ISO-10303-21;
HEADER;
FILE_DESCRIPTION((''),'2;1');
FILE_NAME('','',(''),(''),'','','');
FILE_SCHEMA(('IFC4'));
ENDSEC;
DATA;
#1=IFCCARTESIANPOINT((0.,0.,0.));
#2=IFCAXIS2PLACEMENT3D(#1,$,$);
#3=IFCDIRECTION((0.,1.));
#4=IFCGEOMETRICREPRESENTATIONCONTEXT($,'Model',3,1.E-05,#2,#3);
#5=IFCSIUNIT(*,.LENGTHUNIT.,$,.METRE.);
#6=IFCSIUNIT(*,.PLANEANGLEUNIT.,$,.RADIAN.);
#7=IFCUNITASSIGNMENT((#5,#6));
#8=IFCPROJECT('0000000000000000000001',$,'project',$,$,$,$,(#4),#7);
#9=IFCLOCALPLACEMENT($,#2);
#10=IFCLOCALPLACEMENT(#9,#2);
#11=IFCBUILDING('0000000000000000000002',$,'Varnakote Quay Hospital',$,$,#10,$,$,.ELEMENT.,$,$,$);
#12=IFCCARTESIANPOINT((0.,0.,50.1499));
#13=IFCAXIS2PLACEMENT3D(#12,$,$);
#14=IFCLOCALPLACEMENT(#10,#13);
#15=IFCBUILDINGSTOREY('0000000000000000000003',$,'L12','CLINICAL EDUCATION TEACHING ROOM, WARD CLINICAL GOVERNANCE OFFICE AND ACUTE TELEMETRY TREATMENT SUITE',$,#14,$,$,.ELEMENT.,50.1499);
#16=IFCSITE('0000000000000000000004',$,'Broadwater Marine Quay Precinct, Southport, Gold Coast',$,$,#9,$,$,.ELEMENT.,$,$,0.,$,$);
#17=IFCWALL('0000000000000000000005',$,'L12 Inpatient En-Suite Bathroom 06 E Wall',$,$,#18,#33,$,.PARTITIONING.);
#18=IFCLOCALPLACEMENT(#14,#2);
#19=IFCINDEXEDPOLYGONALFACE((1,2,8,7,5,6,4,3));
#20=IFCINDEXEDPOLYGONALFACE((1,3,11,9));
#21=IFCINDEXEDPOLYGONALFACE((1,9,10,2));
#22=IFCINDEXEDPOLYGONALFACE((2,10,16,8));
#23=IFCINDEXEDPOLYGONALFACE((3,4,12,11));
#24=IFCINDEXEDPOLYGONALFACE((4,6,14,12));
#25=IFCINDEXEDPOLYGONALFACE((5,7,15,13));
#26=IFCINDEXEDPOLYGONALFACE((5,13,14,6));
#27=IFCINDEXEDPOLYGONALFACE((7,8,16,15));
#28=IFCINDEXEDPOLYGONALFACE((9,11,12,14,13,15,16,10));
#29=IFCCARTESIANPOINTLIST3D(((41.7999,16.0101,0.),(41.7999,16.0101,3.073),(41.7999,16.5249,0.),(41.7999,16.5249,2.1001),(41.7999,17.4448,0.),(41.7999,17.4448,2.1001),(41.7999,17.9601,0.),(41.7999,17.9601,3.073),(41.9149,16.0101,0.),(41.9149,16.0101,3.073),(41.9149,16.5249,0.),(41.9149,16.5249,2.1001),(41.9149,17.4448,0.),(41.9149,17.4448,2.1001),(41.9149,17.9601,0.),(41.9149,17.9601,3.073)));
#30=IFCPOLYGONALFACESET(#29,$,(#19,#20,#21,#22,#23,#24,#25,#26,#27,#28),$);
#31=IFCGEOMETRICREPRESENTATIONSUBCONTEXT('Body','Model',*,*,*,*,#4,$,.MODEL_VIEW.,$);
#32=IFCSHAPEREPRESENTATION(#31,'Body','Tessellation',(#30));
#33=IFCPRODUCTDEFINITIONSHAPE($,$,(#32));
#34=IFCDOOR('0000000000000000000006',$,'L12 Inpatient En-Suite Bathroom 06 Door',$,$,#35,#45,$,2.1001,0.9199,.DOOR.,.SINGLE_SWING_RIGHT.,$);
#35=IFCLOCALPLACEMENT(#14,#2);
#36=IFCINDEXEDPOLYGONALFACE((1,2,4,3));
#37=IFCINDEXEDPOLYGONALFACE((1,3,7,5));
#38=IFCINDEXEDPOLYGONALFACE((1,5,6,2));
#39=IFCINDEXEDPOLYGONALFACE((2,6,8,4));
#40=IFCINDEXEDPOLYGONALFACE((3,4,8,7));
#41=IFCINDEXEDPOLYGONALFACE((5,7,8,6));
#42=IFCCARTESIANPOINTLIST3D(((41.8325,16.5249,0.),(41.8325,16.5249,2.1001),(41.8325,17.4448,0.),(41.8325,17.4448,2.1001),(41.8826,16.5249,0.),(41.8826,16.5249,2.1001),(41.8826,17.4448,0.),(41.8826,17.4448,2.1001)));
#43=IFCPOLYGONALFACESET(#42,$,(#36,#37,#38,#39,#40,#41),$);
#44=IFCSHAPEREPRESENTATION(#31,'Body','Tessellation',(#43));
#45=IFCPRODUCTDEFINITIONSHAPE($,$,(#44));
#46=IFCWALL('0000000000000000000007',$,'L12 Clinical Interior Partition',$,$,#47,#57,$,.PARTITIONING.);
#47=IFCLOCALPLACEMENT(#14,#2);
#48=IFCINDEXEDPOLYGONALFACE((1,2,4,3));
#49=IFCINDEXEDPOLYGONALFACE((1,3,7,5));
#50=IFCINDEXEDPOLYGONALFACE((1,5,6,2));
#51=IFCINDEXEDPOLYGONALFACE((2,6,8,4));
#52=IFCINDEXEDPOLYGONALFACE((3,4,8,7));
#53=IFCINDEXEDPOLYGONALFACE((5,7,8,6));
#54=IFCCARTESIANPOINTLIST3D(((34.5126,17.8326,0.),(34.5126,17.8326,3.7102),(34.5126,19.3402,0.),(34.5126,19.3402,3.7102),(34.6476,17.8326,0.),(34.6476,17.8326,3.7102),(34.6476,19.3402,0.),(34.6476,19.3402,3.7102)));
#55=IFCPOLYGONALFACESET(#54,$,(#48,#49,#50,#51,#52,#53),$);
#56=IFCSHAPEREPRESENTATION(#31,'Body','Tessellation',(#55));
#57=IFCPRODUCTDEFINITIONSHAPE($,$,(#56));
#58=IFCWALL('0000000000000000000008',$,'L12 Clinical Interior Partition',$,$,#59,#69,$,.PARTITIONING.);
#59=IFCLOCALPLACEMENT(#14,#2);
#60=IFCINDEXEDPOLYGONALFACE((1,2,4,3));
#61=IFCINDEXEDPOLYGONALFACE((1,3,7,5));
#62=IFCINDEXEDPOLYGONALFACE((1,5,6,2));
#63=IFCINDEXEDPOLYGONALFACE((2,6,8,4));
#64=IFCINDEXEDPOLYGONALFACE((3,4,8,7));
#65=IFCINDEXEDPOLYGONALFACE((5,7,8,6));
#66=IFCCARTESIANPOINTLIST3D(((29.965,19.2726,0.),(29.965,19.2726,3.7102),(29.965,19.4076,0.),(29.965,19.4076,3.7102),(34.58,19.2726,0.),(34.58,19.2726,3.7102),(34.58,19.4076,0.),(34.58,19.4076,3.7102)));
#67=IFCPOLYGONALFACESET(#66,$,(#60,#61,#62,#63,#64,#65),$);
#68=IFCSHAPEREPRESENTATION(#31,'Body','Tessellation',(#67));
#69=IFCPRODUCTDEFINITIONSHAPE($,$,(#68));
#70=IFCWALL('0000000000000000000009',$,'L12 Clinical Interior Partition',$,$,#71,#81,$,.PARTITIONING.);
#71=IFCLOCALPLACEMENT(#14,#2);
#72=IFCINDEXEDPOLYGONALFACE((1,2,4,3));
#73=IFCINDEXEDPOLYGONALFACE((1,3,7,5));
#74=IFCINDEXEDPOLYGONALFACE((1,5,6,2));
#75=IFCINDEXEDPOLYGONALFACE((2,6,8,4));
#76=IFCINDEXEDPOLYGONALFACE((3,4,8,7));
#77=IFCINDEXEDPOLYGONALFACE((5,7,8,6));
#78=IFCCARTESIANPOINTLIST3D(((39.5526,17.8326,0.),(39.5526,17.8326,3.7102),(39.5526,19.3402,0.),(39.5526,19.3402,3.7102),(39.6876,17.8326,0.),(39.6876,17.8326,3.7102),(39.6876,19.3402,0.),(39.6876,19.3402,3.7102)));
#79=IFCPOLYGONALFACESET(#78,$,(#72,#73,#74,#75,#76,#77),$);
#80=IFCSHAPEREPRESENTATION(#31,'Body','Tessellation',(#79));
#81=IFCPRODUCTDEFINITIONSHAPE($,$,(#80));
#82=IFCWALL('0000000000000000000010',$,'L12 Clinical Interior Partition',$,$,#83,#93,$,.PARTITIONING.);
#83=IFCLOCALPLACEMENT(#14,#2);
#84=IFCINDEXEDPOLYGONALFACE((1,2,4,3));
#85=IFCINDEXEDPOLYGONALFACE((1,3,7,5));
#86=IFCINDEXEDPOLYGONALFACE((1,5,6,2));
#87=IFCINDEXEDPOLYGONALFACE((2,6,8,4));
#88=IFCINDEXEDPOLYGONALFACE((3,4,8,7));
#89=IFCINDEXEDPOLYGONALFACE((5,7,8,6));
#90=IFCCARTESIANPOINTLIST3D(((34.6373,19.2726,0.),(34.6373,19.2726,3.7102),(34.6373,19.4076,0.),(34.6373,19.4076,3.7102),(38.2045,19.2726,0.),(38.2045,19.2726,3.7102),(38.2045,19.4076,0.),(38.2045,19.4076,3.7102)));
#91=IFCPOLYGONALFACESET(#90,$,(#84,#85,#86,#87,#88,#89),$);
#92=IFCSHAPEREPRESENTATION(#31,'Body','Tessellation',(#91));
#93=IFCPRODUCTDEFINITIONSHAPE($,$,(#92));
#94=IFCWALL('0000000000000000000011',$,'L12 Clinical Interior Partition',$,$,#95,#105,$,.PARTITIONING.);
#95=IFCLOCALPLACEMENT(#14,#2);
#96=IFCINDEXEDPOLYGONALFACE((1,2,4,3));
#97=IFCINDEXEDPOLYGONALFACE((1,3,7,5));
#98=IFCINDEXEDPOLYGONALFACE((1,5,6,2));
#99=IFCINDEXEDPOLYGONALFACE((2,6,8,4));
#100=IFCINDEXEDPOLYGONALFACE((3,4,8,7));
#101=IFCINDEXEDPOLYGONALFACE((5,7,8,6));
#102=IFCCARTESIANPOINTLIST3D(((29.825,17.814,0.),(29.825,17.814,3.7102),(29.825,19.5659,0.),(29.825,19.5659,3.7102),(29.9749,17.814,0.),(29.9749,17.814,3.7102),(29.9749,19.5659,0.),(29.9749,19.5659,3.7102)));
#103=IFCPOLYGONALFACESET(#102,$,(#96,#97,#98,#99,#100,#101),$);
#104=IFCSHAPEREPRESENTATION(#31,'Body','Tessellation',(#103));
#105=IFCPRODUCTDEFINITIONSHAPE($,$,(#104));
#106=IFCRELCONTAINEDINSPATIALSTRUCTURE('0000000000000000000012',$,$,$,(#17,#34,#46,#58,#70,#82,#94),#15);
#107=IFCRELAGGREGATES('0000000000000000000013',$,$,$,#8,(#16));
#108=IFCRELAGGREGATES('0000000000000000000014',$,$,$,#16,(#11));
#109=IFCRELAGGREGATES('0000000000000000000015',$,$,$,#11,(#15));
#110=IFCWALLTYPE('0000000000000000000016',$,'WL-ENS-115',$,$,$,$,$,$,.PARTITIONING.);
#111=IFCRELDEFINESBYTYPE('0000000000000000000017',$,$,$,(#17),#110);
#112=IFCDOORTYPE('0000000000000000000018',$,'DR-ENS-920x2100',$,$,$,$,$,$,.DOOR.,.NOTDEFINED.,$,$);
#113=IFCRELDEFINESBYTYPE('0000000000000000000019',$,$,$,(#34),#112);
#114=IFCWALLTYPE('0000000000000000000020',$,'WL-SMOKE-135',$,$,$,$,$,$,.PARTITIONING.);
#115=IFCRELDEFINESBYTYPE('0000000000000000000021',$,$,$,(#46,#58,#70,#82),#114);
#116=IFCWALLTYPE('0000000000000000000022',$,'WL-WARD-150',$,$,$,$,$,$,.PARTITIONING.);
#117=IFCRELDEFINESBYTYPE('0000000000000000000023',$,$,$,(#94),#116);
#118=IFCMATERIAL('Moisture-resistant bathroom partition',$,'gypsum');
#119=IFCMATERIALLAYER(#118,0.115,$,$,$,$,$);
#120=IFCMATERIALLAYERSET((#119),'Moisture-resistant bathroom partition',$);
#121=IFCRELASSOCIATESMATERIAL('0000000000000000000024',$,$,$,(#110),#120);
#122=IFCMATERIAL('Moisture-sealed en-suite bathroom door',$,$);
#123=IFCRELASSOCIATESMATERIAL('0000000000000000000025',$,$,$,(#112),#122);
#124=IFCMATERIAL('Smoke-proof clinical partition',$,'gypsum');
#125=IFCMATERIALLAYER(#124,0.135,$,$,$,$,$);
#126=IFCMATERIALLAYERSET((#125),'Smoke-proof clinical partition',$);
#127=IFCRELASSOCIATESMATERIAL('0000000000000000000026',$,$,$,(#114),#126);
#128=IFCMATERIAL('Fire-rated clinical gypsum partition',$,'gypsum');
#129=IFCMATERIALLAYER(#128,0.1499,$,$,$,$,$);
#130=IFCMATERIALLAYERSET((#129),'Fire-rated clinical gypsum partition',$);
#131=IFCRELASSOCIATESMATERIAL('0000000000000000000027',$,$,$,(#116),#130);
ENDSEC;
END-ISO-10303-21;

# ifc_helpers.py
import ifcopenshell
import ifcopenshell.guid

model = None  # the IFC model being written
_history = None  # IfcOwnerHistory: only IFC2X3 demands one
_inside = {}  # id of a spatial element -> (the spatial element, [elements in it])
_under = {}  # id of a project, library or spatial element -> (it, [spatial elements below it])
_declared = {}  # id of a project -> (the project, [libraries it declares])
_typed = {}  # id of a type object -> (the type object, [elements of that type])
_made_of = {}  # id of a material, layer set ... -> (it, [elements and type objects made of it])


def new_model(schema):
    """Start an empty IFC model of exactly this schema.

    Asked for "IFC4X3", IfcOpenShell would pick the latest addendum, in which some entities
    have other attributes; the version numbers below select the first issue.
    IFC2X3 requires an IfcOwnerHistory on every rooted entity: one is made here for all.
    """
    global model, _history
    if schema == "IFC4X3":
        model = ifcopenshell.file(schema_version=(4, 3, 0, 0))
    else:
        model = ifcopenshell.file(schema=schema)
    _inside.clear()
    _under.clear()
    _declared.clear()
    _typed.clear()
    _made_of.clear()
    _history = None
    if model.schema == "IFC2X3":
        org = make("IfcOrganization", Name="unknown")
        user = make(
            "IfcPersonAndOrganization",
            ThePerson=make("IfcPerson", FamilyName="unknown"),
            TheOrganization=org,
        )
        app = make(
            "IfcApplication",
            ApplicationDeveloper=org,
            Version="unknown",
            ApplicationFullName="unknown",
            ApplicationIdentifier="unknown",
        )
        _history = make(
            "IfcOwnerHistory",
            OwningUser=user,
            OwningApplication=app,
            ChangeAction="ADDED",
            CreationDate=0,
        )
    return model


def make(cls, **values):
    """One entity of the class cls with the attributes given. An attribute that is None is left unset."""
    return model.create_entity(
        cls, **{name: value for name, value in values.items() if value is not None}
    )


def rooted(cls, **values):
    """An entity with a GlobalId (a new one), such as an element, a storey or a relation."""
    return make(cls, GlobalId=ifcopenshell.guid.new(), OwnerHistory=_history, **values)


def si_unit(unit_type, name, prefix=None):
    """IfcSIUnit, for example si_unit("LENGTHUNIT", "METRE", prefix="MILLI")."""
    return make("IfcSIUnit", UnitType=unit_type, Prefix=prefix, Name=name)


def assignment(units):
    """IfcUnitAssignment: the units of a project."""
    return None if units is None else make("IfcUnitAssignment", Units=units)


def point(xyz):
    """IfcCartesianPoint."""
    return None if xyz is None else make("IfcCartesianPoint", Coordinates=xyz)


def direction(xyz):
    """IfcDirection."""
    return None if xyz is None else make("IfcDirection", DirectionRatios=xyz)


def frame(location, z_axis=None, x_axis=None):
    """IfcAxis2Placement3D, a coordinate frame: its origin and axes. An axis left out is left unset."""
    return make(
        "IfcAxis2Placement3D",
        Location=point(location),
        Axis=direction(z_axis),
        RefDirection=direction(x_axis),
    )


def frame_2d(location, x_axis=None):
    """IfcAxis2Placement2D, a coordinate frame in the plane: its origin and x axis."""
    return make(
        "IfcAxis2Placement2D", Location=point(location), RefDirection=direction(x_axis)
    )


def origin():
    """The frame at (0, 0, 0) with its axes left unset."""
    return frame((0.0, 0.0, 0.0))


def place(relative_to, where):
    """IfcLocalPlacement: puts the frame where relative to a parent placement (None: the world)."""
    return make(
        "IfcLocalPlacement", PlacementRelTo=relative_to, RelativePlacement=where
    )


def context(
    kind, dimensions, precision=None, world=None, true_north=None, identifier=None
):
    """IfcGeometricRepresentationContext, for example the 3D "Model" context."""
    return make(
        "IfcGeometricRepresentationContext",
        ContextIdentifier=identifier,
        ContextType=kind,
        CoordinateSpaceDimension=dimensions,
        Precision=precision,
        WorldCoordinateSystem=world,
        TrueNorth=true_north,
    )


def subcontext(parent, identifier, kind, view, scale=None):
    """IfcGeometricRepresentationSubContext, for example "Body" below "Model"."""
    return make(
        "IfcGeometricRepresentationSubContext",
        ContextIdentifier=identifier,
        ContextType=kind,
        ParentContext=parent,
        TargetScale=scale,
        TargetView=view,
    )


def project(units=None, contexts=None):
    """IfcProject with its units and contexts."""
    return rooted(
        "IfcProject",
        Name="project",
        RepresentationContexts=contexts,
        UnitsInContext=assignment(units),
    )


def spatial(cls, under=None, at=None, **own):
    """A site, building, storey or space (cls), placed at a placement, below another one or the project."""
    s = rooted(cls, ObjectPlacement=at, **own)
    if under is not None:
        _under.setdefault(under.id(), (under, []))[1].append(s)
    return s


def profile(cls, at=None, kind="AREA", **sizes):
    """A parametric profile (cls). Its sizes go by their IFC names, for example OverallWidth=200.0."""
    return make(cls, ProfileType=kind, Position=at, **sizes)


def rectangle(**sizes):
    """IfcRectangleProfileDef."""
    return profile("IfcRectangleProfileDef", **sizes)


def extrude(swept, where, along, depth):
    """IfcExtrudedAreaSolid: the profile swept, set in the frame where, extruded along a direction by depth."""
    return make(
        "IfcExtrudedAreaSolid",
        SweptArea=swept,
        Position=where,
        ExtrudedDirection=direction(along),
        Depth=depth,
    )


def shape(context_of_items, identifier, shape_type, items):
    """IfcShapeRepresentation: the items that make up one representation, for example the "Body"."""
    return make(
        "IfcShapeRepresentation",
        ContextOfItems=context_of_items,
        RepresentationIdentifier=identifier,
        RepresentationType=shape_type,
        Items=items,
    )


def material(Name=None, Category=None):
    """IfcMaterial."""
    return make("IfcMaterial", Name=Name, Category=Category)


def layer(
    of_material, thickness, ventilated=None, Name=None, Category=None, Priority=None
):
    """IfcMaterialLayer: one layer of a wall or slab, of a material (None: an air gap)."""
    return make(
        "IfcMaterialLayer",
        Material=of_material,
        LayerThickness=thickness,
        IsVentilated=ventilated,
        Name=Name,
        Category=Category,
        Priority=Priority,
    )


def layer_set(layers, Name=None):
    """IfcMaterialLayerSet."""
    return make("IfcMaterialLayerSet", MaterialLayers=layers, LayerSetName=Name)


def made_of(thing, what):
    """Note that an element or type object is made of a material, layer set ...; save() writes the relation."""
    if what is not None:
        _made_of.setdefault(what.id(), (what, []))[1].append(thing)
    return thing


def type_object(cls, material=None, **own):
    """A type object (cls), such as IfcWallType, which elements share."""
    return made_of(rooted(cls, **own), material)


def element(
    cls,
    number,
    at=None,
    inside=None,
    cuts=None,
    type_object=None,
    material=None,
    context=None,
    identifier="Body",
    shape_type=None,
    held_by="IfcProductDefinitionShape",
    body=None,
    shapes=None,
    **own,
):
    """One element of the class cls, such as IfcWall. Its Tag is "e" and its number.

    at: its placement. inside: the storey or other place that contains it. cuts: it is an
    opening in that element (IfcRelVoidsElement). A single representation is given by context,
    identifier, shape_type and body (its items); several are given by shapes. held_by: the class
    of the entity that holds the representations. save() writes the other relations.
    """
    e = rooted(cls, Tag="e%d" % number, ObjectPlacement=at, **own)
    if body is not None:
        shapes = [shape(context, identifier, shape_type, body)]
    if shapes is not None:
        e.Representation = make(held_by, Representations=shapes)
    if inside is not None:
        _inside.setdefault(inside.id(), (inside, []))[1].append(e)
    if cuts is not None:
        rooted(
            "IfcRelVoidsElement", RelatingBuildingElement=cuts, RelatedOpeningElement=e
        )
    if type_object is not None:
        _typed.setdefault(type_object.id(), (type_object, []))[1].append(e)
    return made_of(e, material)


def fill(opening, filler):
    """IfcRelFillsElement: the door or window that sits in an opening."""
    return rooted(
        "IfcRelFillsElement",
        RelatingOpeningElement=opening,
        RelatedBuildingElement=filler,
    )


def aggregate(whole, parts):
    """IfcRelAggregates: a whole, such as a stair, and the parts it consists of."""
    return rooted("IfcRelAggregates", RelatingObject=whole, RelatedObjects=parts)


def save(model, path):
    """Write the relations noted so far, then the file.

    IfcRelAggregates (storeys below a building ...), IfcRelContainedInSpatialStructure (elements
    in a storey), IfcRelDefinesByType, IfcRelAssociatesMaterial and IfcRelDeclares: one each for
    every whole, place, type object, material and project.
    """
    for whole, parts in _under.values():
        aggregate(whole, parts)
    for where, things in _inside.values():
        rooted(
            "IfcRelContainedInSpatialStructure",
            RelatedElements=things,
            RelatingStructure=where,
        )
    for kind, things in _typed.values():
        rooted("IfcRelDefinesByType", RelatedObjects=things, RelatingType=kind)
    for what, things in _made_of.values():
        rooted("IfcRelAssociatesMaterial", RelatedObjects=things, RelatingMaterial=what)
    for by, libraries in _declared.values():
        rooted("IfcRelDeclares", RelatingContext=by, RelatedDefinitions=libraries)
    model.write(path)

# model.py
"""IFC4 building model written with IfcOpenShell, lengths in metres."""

from ifc_helpers import new_model, si_unit, direction, frame, frame_2d, origin, place, context, subcontext, project, spatial, rectangle, extrude, material, layer, layer_set, type_object, element, fill, save


model = new_model("IFC4")

# Units and contexts
model_context = context("Model", 3, precision=1e-05, world=origin(), true_north=direction((0.0, 1.0)))
body_context = subcontext(model_context, "Body", "Model", "MODEL_VIEW")
ifc_project = project(units=[si_unit("LENGTHUNIT", "METRE"), si_unit("PLANEANGLEUNIT", "RADIAN")], contexts=[model_context])

# Site, building, storey
site_placement = place(None, origin())
site = spatial("IfcSite", under=ifc_project, at=site_placement, Name="Broadwater Marine Quay Precinct, Southport, Gold Coast", CompositionType="ELEMENT", RefElevation=0.0)
building_placement = place(site_placement, origin())
building = spatial("IfcBuilding", under=site, at=building_placement, Name="Varnakote Quay Hospital", CompositionType="ELEMENT")
storey_placement = place(building_placement, frame((0.0, 0.0, 50.1499)))
storey = spatial("IfcBuildingStorey", under=building, at=storey_placement, Name="L12", Description="CLINICAL EDUCATION TEACHING ROOM, WARD CLINICAL GOVERNANCE OFFICE AND ACUTE TELEMETRY TREATMENT SUITE", CompositionType="ELEMENT", Elevation=50.1499)

# Shared definitions
ifc_material_1 = material(Name="Moisture-resistant bathroom partition", Category="gypsum")
ifc_layer_1 = layer(ifc_material_1, 0.115)
ifc_layer_set_1 = layer_set([ifc_layer_1], Name="Moisture-resistant bathroom partition")
wall_type_1 = type_object("IfcWallType", Name="WL-ENS-115", PredefinedType="PARTITIONING", material=ifc_layer_set_1)

# Shared definitions
ifc_material_2 = material(Name="Moisture-sealed en-suite bathroom door")
door_type_1 = type_object("IfcDoorType", Name="DR-ENS-920x2100", OperationType="NOTDEFINED", PredefinedType="DOOR", material=ifc_material_2)

# Wall, opening, door
wall_1_placement = place(storey_placement, frame((41.8574, 16.01, 0.0), z_axis=(0.0, 0.0, 1.0), x_axis=(0.0, 1.0, 0.0)))
wall_1 = element("IfcWall", 1, at=wall_1_placement, inside=storey, type_object=wall_type_1, Name="L12 Inpatient En-Suite Bathroom 06 E Wall", PredefinedType="PARTITIONING", context=body_context, shape_type="SweptSolid", body=[
    extrude(rectangle(XDim=1.95, YDim=0.115, at=frame_2d((0.9751, 0.0))), origin(), (0.0, 0.0, 1.0), 3.073),
])
opening_1_placement = place(wall_1_placement, frame((0.5149, 0.0, 0.0)))
opening_1 = element("IfcOpeningElement", 2, at=opening_1_placement, cuts=wall_1, PredefinedType="OPENING", context=body_context, shape_type="SweptSolid", body=[
    extrude(rectangle(XDim=0.9199, YDim=2.1001, at=frame_2d((0.46, 1.05))), frame((0.0, 0.0674, 0.0), z_axis=(0.0, -1.0, 0.0), x_axis=(1.0, 0.0, 0.0)), (0.0, 0.0, 1.0), 0.135),
])
door_1_placement = place(opening_1_placement, origin())
door_1 = element("IfcDoor", 3, at=door_1_placement, inside=storey, type_object=door_type_1, Name="L12 Inpatient En-Suite Bathroom 06 Door", OperationType="SINGLE_SWING_RIGHT", OverallHeight=2.1001, OverallWidth=0.9199, PredefinedType="DOOR", context=body_context, shape_type="SweptSolid", body=[
    extrude(rectangle(XDim=0.9199, YDim=2.1001, at=frame_2d((0.46, 1.05))), frame((0.0, 0.0249, 0.0), z_axis=(0.0, -1.0, 0.0), x_axis=(1.0, 0.0, 0.0)), (0.0, 0.0, 1.0), 0.05),
])
fill(opening_1, door_1)

# Walls
ifc_material_3 = material(Name="Smoke-proof clinical partition", Category="gypsum")
ifc_layer_2 = layer(ifc_material_3, 0.135)
ifc_layer_set_2 = layer_set([ifc_layer_2], Name="Smoke-proof clinical partition")
wall_type_2 = type_object("IfcWallType", Name="WL-SMOKE-135", PredefinedType="PARTITIONING", material=ifc_layer_set_2)
wall_2_placement = place(storey_placement, frame((34.5801, 17.8325, 0.0), z_axis=(0.0, 0.0, 1.0), x_axis=(0.0, 1.0, 0.0)))
element("IfcWall", 4, at=wall_2_placement, inside=storey, type_object=wall_type_2, Name="L12 Clinical Interior Partition", PredefinedType="PARTITIONING", context=body_context, shape_type="SweptSolid", body=[
    extrude(rectangle(XDim=1.5076, YDim=0.135, at=frame_2d((0.7539, 0.0))), origin(), (0.0, 0.0, 1.0), 3.7102),
])
wall_3_placement = place(storey_placement, frame((34.5801, 19.3401, 0.0), z_axis=(0.0, 0.0, 1.0), x_axis=(-1.0, 0.0, 0.0)))
element("IfcWall", 5, at=wall_3_placement, inside=storey, type_object=wall_type_2, Name="L12 Clinical Interior Partition", PredefinedType="PARTITIONING", context=body_context, shape_type="SweptSolid", body=[
    extrude(rectangle(XDim=4.615, YDim=0.135, at=frame_2d((2.3076, 0.0))), origin(), (0.0, 0.0, 1.0), 3.7102),
])
wall_4_placement = place(storey_placement, frame((39.6201, 17.8325, 0.0), z_axis=(0.0, 0.0, 1.0), x_axis=(0.0, 1.0, 0.0)))
element("IfcWall", 6, at=wall_4_placement, inside=storey, type_object=wall_type_2, Name="L12 Clinical Interior Partition", PredefinedType="PARTITIONING", context=body_context, shape_type="SweptSolid", body=[
    extrude(rectangle(XDim=1.5076, YDim=0.135, at=frame_2d((0.7539, 0.0))), origin(), (0.0, 0.0, 1.0), 3.7102),
])
wall_5_placement = place(storey_placement, frame((38.2046, 19.3401, 0.0), z_axis=(0.0, 0.0, 1.0), x_axis=(-1.0, 0.0, 0.0)))
element("IfcWall", 7, at=wall_5_placement, inside=storey, type_object=wall_type_2, Name="L12 Clinical Interior Partition", PredefinedType="PARTITIONING", context=body_context, shape_type="SweptSolid", body=[
    extrude(rectangle(XDim=3.5671, YDim=0.135, at=frame_2d((1.7837, 0.0))), origin(), (0.0, 0.0, 1.0), 3.7102),
])

# Shared definitions
ifc_material_4 = material(Name="Fire-rated clinical gypsum partition", Category="gypsum")
ifc_layer_3 = layer(ifc_material_4, 0.1499)
ifc_layer_set_3 = layer_set([ifc_layer_3], Name="Fire-rated clinical gypsum partition")
wall_type_3 = type_object("IfcWallType", Name="WL-WARD-150", PredefinedType="PARTITIONING", material=ifc_layer_set_3)

# Wall
wall_6_placement = place(storey_placement, frame((29.8999, 17.814, 0.0), z_axis=(0.0, 0.0, 1.0), x_axis=(0.0, 1.0, 0.0)))
element("IfcWall", 8, at=wall_6_placement, inside=storey, type_object=wall_type_3, Name="L12 Clinical Interior Partition", PredefinedType="PARTITIONING", context=body_context, shape_type="SweptSolid", body=[
    extrude(rectangle(XDim=1.752, YDim=0.1499, at=frame_2d((0.876, 0.0))), origin(), (0.0, 0.0, 1.0), 3.7102),
])

save(model, "model.ifc")
